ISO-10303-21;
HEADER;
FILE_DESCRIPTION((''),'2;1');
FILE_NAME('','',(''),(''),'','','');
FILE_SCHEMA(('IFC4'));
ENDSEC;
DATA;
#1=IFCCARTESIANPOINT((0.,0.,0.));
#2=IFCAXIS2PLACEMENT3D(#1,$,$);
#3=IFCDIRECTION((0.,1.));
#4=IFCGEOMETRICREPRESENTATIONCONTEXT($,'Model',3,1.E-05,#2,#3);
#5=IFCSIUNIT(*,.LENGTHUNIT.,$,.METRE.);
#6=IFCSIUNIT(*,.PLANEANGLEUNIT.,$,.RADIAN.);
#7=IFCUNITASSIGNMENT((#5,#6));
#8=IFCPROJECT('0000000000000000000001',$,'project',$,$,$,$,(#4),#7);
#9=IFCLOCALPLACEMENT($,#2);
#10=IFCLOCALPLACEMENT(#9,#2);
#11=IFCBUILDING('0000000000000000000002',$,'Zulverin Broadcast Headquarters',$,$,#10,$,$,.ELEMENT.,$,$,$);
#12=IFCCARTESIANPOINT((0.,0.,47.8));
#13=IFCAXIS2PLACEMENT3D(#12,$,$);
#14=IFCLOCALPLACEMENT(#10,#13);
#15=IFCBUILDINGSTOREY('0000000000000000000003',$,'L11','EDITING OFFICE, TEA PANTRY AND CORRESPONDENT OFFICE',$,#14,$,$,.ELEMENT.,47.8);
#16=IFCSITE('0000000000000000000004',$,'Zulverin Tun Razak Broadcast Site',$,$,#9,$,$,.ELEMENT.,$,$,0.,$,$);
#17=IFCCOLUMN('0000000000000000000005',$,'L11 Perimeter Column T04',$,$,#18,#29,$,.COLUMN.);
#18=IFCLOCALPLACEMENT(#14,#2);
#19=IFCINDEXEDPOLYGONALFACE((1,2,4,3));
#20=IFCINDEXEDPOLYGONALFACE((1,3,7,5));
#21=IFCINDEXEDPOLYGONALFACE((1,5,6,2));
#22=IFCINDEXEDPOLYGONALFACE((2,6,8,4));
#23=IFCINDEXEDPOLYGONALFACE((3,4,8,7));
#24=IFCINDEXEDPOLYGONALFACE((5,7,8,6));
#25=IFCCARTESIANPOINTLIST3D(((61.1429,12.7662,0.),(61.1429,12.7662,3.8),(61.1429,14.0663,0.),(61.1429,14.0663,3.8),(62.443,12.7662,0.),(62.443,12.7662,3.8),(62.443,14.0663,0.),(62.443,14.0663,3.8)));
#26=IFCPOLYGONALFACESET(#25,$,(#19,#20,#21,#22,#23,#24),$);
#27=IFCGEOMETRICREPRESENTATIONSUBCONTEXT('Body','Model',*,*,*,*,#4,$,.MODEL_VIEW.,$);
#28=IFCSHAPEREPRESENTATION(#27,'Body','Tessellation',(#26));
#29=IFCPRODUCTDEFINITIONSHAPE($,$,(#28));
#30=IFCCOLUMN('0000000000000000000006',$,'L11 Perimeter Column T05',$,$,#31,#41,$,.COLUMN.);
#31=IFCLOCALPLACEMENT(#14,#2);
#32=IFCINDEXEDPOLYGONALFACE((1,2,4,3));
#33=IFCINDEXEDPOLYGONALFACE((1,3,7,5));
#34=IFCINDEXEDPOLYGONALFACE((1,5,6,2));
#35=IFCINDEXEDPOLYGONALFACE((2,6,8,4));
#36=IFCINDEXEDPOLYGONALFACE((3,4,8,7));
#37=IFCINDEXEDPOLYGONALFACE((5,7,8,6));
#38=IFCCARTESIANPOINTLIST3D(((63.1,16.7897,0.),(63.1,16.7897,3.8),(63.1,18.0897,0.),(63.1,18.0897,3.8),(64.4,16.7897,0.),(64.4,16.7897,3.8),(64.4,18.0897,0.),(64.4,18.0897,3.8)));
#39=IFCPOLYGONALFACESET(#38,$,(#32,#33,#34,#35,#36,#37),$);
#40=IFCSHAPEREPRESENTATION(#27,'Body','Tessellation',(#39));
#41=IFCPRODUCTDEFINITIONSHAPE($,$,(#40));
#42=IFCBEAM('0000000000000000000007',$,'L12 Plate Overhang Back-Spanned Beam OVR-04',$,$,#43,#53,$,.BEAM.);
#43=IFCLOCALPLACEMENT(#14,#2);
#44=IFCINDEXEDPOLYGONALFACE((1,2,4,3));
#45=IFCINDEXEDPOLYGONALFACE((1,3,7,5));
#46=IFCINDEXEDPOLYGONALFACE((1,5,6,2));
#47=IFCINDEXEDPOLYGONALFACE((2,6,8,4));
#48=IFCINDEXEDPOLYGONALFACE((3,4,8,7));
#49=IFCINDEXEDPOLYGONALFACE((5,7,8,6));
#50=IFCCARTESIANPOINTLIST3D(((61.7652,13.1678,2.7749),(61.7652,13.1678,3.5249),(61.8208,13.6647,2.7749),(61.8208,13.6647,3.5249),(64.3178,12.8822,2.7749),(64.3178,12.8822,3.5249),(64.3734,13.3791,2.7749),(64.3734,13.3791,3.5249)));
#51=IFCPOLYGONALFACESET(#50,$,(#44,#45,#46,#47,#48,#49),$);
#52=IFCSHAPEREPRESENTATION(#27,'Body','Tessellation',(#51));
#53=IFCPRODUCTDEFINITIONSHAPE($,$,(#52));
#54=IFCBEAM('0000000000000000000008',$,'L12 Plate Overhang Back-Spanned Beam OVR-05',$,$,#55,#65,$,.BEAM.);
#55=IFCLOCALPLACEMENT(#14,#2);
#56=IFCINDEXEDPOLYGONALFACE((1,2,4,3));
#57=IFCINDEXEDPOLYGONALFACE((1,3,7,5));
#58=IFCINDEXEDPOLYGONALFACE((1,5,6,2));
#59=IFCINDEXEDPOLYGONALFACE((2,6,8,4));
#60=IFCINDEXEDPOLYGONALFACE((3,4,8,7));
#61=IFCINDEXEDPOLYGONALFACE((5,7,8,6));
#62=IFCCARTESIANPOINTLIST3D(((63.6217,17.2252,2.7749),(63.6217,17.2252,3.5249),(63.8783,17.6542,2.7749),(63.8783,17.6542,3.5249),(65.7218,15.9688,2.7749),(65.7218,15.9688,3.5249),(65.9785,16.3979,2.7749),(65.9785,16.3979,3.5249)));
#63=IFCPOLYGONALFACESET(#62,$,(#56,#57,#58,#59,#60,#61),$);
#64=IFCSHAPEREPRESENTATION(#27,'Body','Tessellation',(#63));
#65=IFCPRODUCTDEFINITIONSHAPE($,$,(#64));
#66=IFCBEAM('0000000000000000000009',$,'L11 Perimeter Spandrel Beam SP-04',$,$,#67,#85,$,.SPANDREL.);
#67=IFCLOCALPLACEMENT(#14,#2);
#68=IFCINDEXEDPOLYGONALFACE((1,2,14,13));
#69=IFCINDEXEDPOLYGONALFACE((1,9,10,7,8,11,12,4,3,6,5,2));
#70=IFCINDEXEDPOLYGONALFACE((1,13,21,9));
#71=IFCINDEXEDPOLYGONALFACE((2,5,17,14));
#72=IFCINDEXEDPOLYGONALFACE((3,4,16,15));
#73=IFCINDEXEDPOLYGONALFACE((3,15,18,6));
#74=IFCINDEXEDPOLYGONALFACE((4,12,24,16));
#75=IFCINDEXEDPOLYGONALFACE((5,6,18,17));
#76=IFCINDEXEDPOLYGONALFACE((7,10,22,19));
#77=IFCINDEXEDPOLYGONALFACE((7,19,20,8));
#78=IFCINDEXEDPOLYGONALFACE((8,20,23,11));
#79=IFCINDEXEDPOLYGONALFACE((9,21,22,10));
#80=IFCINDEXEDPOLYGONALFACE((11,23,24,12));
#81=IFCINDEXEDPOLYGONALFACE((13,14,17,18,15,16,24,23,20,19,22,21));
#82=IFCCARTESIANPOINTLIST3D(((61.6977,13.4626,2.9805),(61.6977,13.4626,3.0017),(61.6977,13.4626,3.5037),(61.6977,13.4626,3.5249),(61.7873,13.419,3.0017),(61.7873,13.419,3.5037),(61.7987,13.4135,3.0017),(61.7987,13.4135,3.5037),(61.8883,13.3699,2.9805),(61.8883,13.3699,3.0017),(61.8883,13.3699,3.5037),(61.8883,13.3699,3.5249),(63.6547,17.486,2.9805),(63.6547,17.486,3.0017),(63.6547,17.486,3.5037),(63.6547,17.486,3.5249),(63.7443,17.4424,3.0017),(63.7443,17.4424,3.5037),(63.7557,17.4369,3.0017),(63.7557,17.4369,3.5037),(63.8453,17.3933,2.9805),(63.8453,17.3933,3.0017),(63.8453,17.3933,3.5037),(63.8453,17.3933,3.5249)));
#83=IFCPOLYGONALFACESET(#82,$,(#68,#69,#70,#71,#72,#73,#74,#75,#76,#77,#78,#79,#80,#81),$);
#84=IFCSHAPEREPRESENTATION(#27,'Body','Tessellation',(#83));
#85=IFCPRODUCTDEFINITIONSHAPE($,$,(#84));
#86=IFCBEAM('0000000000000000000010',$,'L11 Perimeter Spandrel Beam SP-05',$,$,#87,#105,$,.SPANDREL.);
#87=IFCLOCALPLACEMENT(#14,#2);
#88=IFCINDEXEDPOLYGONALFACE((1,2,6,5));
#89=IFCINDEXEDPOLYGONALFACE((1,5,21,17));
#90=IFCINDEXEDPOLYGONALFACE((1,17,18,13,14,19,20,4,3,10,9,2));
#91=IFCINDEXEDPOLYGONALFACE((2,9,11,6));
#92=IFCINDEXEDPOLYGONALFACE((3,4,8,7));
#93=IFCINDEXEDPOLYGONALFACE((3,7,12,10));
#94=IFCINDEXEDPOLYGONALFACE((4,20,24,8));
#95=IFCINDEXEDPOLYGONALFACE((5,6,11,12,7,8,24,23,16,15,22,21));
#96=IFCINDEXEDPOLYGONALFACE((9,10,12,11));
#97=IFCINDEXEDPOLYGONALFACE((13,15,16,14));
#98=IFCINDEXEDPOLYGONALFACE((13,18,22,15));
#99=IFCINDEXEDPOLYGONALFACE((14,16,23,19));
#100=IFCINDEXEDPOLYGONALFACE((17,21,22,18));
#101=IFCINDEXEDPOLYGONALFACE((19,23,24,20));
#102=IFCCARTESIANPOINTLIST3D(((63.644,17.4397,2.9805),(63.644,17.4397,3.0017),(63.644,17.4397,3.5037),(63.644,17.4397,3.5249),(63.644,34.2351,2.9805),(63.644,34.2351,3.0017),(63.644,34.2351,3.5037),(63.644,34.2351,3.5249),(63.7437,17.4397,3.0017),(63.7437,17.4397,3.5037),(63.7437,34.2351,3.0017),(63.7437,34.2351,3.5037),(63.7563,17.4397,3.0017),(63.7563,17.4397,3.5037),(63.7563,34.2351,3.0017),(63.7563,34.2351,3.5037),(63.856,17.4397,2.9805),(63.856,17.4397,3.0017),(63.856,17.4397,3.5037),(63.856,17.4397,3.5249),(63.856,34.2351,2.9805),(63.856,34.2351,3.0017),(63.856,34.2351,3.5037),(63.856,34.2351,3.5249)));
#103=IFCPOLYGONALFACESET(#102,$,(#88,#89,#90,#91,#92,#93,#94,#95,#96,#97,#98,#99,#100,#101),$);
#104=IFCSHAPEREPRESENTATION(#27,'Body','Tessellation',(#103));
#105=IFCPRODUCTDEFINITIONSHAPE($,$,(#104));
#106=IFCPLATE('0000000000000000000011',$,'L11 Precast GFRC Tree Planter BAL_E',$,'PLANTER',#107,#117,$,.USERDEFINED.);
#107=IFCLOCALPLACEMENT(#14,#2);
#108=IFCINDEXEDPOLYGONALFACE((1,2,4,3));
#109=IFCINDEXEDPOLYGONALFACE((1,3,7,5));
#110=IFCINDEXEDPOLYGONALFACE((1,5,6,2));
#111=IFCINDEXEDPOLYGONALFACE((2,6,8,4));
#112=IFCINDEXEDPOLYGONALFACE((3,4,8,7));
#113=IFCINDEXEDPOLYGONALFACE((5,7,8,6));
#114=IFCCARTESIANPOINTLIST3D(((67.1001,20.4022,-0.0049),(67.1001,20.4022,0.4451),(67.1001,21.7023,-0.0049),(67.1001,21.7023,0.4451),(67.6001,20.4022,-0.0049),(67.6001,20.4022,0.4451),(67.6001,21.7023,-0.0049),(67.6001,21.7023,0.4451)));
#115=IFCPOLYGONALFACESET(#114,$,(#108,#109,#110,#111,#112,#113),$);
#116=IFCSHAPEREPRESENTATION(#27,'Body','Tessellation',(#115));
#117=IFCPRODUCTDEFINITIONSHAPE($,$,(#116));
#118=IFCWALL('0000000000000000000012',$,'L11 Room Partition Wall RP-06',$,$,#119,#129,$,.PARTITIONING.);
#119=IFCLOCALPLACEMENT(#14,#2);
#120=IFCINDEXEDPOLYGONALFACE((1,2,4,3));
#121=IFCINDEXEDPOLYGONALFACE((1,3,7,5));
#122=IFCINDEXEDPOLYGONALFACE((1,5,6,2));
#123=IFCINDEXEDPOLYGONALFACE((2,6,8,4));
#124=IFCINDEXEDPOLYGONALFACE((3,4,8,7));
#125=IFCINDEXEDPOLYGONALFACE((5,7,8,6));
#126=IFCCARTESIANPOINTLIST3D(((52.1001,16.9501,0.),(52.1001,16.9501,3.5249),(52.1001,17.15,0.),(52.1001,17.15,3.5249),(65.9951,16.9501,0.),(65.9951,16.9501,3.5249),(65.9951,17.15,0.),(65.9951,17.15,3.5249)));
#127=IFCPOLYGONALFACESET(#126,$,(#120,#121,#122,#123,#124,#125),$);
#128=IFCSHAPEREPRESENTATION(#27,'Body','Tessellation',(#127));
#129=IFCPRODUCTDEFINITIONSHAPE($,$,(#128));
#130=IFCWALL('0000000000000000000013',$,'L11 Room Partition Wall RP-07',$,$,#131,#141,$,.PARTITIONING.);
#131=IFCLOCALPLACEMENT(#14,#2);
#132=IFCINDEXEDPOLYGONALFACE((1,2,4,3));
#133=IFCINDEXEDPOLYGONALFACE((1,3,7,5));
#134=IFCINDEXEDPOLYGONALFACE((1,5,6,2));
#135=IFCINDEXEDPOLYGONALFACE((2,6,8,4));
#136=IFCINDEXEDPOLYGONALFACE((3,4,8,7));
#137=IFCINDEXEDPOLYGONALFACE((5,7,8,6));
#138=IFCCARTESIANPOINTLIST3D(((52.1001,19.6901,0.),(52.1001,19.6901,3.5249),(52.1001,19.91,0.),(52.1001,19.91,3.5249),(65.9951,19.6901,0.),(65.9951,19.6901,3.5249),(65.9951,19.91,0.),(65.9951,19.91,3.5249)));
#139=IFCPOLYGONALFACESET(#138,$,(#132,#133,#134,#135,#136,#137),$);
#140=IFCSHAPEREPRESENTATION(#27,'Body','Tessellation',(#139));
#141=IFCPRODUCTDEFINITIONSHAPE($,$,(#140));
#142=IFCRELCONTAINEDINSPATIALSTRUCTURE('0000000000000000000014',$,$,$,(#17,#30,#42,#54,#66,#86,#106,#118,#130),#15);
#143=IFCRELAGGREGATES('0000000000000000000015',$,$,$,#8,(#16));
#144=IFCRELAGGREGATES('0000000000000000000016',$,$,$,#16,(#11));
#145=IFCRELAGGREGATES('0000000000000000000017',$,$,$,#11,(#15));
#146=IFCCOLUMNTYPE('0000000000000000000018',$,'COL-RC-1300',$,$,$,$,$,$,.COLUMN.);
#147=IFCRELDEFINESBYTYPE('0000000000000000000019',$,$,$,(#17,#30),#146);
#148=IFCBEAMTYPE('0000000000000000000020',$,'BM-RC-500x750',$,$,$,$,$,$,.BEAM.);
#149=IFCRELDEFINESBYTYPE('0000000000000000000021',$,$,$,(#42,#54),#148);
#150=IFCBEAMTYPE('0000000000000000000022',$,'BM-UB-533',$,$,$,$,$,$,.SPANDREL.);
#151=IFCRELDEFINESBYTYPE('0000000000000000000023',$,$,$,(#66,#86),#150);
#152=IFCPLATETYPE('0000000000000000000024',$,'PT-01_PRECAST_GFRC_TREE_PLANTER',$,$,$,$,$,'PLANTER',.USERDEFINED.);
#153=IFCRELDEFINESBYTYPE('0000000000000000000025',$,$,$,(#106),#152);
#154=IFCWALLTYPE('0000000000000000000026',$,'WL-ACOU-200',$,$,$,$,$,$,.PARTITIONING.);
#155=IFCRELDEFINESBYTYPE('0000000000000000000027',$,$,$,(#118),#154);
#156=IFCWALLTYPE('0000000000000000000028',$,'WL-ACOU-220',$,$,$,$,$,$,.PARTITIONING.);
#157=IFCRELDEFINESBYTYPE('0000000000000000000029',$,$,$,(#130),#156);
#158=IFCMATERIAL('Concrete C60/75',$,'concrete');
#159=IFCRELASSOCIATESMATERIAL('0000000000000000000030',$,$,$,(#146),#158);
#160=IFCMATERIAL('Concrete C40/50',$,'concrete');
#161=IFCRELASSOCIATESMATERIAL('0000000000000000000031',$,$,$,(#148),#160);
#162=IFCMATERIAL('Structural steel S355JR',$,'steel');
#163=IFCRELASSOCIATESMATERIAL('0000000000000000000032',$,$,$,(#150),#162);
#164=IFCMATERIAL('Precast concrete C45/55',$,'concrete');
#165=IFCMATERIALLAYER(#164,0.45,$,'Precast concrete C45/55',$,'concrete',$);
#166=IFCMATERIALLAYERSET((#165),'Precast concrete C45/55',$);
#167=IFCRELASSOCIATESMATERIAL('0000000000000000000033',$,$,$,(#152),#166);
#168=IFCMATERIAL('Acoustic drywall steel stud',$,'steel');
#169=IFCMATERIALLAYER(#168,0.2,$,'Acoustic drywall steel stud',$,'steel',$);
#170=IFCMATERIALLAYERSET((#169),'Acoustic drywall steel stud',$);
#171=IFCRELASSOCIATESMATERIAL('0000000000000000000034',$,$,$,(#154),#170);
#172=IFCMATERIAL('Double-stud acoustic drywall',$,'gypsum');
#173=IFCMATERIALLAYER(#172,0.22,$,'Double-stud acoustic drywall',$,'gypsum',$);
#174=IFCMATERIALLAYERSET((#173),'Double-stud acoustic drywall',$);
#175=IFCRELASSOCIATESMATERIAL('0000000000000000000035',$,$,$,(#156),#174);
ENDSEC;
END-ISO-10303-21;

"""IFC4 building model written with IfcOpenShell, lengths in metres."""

from ifc_helpers import new_model, si_unit, direction, frame, frame_2d, origin, origin_2d, place, context, subcontext, project, spatial, rectangle, i_section, extrude, material, layer, layer_set, material_profile, profile_set, type_object, element, save


model = new_model("IFC4")

# Units and contexts
model_context = context("Model", 3, precision=1e-05, world=origin(), true_north=direction((0.0, 1.0)))
body_context = subcontext(model_context, "Body", "Model", "MODEL_VIEW")
ifc_project = project(units=[si_unit("LENGTHUNIT", "METRE"), si_unit("PLANEANGLEUNIT", "RADIAN")], contexts=[model_context])

# Site, building, storey
site_placement = place(None, origin())
site = spatial("IfcSite", under=ifc_project, at=site_placement, Name="Zulverin Tun Razak Broadcast Site", CompositionType="ELEMENT", RefElevation=0.0)
building_placement = place(site_placement, origin())
building = spatial("IfcBuilding", under=site, at=building_placement, Name="Zulverin Broadcast Headquarters", CompositionType="ELEMENT")
storey_placement = place(building_placement, frame((0.0, 0.0, 47.8)))
storey = spatial("IfcBuildingStorey", under=building, at=storey_placement, Name="L11", Description="EDITING OFFICE, TEA PANTRY AND CORRESPONDENT OFFICE", CompositionType="ELEMENT", Elevation=47.8)

# Columns
ifc_material_1 = material(Name="Concrete C60/75", Category="concrete")
ifc_material_profile_1 = material_profile(ifc_material_1, rectangle(XDim=1.3, YDim=1.3, at=origin_2d()), Name="Concrete C60/75", Category="concrete")
ifc_profile_set_1 = profile_set([ifc_material_profile_1], Name="Concrete C60/75")
column_type = type_object("IfcColumnType", Name="COL-RC-1300", PredefinedType="COLUMN", material=ifc_profile_set_1)
for number, where, z_axis, x_axis, name in (
    (1, (61.793, 13.4163, 0.0), (0.0, 0.0, 1.0), (1.0, 0.0, 0.0), "L11 Perimeter Column T04"),
    (2, (63.75, 17.4397, 0.0), (0.0, 0.0, 1.0), (1.0, 0.0, 0.0), "L11 Perimeter Column T05"),
):
    element("IfcColumn", number, at=place(storey_placement, frame(where, z_axis=z_axis, x_axis=x_axis)), inside=storey, type_object=column_type, Name=name, PredefinedType="COLUMN", context=body_context, shape_type="SweptSolid", body=[
        extrude(rectangle(XDim=1.3, YDim=1.3, at=origin_2d()), origin(), (0.0, 0.0, 1.0), 3.8),
    ])

# Beams
ifc_material_2 = material(Name="Concrete C40/50", Category="concrete")
ifc_material_profile_2 = material_profile(ifc_material_2, rectangle(XDim=0.5, YDim=0.75, at=origin_2d()), Name="Concrete C40/50", Category="concrete")
ifc_profile_set_2 = profile_set([ifc_material_profile_2], Name="Concrete C40/50")
beam_type_1 = type_object("IfcBeamType", Name="BM-RC-500x750", PredefinedType="BEAM", material=ifc_profile_set_2)
beam_1_placement = place(storey_placement, frame((61.793, 13.4163, 3.1499), z_axis=(0.993798, -0.111203, 0.0), x_axis=(0.111203, 0.993798, 0.0)))
element("IfcBeam", 3, at=beam_1_placement, inside=storey, type_object=beam_type_1, Name="L12 Plate Overhang Back-Spanned Beam OVR-04", PredefinedType="BEAM", context=body_context, shape_type="SweptSolid", body=[
    extrude(rectangle(XDim=0.5, YDim=0.75, at=origin_2d()), origin(), (0.0, 0.0, 1.0), 2.5686),
])
beam_2_placement = place(storey_placement, frame((63.75, 17.4397, 3.1499), z_axis=(0.858161, -0.51338, 0.0), x_axis=(0.51338, 0.858161, 0.0)))
element("IfcBeam", 4, at=beam_2_placement, inside=storey, type_object=beam_type_1, Name="L12 Plate Overhang Back-Spanned Beam OVR-05", PredefinedType="BEAM", context=body_context, shape_type="SweptSolid", body=[
    extrude(rectangle(XDim=0.5, YDim=0.75, at=origin_2d()), origin(), (0.0, 0.0, 1.0), 2.4473),
])
ifc_material_3 = material(Name="Structural steel S355JR", Category="steel")
ifc_material_profile_3 = material_profile(ifc_material_3, i_section(OverallWidth=0.2119, OverallDepth=0.5444, WebThickness=0.0127, FlangeThickness=0.0212, at=origin_2d()), Name="Structural steel S355JR", Category="steel")
ifc_profile_set_3 = profile_set([ifc_material_profile_3], Name="Structural steel S355JR")
beam_type_2 = type_object("IfcBeamType", Name="BM-UB-533", PredefinedType="SPANDREL", material=ifc_profile_set_3)
beam_3_placement = place(storey_placement, frame((61.793, 13.4163, 3.2527), z_axis=(0.437408, 0.899263, 0.0), x_axis=(-0.899263, 0.437408, 0.0)))
element("IfcBeam", 5, at=beam_3_placement, inside=storey, type_object=beam_type_2, Name="L11 Perimeter Spandrel Beam SP-04", PredefinedType="SPANDREL", context=body_context, shape_type="SweptSolid", body=[
    extrude(i_section(OverallWidth=0.2119, OverallDepth=0.5444, WebThickness=0.0127, FlangeThickness=0.0212, at=origin_2d()), origin(), (0.0, 0.0, 1.0), 4.4741),
])
beam_4_placement = place(storey_placement, frame((63.75, 17.4397, 3.2527), z_axis=(0.0, 1.0, 0.0), x_axis=(-1.0, 0.0, 0.0)))
element("IfcBeam", 6, at=beam_4_placement, inside=storey, type_object=beam_type_2, Name="L11 Perimeter Spandrel Beam SP-05", PredefinedType="SPANDREL", context=body_context, shape_type="SweptSolid", body=[
    extrude(i_section(OverallWidth=0.2119, OverallDepth=0.5444, WebThickness=0.0127, FlangeThickness=0.0212, at=origin_2d()), origin(), (0.0, 0.0, 1.0), 16.7954),
])

# Plate
ifc_material_4 = material(Name="Precast concrete C45/55", Category="concrete")
ifc_layer_1 = layer(ifc_material_4, 0.45, Name="Precast concrete C45/55", Category="concrete")
ifc_layer_set_1 = layer_set([ifc_layer_1], Name="Precast concrete C45/55")
plate_type = type_object("IfcPlateType", Name="PT-01_PRECAST_GFRC_TREE_PLANTER", ElementType="PLANTER", PredefinedType="USERDEFINED", material=ifc_layer_set_1)
plate_placement = place(storey_placement, frame((67.3501, 21.0522, -0.0049), z_axis=(0.0, 0.0, 1.0), x_axis=(0.0, 1.0, 0.0)))
element("IfcPlate", 7, at=plate_placement, inside=storey, type_object=plate_type, Name="L11 Precast GFRC Tree Planter BAL_E", ObjectType="PLANTER", PredefinedType="USERDEFINED", context=body_context, shape_type="SweptSolid", body=[
    extrude(rectangle(XDim=1.3, YDim=0.5, at=origin_2d()), origin(), (0.0, 0.0, 1.0), 0.45),
])

# Walls
ifc_material_5 = material(Name="Acoustic drywall steel stud", Category="steel")
ifc_layer_2 = layer(ifc_material_5, 0.2, Name="Acoustic drywall steel stud", Category="steel")
ifc_layer_set_2 = layer_set([ifc_layer_2], Name="Acoustic drywall steel stud")
wall_type_1 = type_object("IfcWallType", Name="WL-ACOU-200", PredefinedType="PARTITIONING", material=ifc_layer_set_2)
wall_1_placement = place(storey_placement, frame((52.1001, 17.05, 0.0), z_axis=(0.0, 0.0, 1.0), x_axis=(1.0, 0.0, 0.0)))
element("IfcWall", 8, at=wall_1_placement, inside=storey, type_object=wall_type_1, Name="L11 Room Partition Wall RP-06", PredefinedType="PARTITIONING", context=body_context, shape_type="SweptSolid", body=[
    extrude(rectangle(XDim=13.895, YDim=0.2, at=frame_2d((6.9475, 0.0))), origin(), (0.0, 0.0, 1.0), 3.5249),
])
ifc_material_6 = material(Name="Double-stud acoustic drywall", Category="gypsum")
ifc_layer_3 = layer(ifc_material_6, 0.22, Name="Double-stud acoustic drywall", Category="gypsum")
ifc_layer_set_3 = layer_set([ifc_layer_3], Name="Double-stud acoustic drywall")
wall_type_2 = type_object("IfcWallType", Name="WL-ACOU-220", PredefinedType="PARTITIONING", material=ifc_layer_set_3)
wall_2_placement = place(storey_placement, frame((52.1001, 19.8, 0.0), z_axis=(0.0, 0.0, 1.0), x_axis=(1.0, 0.0, 0.0)))
element("IfcWall", 9, at=wall_2_placement, inside=storey, type_object=wall_type_2, Name="L11 Room Partition Wall RP-07", PredefinedType="PARTITIONING", context=body_context, shape_type="SweptSolid", body=[
    extrude(rectangle(XDim=13.895, YDim=0.22, at=frame_2d((6.9475, 0.0))), origin(), (0.0, 0.0, 1.0), 3.5249),
])

save(model, "model.ifc")
